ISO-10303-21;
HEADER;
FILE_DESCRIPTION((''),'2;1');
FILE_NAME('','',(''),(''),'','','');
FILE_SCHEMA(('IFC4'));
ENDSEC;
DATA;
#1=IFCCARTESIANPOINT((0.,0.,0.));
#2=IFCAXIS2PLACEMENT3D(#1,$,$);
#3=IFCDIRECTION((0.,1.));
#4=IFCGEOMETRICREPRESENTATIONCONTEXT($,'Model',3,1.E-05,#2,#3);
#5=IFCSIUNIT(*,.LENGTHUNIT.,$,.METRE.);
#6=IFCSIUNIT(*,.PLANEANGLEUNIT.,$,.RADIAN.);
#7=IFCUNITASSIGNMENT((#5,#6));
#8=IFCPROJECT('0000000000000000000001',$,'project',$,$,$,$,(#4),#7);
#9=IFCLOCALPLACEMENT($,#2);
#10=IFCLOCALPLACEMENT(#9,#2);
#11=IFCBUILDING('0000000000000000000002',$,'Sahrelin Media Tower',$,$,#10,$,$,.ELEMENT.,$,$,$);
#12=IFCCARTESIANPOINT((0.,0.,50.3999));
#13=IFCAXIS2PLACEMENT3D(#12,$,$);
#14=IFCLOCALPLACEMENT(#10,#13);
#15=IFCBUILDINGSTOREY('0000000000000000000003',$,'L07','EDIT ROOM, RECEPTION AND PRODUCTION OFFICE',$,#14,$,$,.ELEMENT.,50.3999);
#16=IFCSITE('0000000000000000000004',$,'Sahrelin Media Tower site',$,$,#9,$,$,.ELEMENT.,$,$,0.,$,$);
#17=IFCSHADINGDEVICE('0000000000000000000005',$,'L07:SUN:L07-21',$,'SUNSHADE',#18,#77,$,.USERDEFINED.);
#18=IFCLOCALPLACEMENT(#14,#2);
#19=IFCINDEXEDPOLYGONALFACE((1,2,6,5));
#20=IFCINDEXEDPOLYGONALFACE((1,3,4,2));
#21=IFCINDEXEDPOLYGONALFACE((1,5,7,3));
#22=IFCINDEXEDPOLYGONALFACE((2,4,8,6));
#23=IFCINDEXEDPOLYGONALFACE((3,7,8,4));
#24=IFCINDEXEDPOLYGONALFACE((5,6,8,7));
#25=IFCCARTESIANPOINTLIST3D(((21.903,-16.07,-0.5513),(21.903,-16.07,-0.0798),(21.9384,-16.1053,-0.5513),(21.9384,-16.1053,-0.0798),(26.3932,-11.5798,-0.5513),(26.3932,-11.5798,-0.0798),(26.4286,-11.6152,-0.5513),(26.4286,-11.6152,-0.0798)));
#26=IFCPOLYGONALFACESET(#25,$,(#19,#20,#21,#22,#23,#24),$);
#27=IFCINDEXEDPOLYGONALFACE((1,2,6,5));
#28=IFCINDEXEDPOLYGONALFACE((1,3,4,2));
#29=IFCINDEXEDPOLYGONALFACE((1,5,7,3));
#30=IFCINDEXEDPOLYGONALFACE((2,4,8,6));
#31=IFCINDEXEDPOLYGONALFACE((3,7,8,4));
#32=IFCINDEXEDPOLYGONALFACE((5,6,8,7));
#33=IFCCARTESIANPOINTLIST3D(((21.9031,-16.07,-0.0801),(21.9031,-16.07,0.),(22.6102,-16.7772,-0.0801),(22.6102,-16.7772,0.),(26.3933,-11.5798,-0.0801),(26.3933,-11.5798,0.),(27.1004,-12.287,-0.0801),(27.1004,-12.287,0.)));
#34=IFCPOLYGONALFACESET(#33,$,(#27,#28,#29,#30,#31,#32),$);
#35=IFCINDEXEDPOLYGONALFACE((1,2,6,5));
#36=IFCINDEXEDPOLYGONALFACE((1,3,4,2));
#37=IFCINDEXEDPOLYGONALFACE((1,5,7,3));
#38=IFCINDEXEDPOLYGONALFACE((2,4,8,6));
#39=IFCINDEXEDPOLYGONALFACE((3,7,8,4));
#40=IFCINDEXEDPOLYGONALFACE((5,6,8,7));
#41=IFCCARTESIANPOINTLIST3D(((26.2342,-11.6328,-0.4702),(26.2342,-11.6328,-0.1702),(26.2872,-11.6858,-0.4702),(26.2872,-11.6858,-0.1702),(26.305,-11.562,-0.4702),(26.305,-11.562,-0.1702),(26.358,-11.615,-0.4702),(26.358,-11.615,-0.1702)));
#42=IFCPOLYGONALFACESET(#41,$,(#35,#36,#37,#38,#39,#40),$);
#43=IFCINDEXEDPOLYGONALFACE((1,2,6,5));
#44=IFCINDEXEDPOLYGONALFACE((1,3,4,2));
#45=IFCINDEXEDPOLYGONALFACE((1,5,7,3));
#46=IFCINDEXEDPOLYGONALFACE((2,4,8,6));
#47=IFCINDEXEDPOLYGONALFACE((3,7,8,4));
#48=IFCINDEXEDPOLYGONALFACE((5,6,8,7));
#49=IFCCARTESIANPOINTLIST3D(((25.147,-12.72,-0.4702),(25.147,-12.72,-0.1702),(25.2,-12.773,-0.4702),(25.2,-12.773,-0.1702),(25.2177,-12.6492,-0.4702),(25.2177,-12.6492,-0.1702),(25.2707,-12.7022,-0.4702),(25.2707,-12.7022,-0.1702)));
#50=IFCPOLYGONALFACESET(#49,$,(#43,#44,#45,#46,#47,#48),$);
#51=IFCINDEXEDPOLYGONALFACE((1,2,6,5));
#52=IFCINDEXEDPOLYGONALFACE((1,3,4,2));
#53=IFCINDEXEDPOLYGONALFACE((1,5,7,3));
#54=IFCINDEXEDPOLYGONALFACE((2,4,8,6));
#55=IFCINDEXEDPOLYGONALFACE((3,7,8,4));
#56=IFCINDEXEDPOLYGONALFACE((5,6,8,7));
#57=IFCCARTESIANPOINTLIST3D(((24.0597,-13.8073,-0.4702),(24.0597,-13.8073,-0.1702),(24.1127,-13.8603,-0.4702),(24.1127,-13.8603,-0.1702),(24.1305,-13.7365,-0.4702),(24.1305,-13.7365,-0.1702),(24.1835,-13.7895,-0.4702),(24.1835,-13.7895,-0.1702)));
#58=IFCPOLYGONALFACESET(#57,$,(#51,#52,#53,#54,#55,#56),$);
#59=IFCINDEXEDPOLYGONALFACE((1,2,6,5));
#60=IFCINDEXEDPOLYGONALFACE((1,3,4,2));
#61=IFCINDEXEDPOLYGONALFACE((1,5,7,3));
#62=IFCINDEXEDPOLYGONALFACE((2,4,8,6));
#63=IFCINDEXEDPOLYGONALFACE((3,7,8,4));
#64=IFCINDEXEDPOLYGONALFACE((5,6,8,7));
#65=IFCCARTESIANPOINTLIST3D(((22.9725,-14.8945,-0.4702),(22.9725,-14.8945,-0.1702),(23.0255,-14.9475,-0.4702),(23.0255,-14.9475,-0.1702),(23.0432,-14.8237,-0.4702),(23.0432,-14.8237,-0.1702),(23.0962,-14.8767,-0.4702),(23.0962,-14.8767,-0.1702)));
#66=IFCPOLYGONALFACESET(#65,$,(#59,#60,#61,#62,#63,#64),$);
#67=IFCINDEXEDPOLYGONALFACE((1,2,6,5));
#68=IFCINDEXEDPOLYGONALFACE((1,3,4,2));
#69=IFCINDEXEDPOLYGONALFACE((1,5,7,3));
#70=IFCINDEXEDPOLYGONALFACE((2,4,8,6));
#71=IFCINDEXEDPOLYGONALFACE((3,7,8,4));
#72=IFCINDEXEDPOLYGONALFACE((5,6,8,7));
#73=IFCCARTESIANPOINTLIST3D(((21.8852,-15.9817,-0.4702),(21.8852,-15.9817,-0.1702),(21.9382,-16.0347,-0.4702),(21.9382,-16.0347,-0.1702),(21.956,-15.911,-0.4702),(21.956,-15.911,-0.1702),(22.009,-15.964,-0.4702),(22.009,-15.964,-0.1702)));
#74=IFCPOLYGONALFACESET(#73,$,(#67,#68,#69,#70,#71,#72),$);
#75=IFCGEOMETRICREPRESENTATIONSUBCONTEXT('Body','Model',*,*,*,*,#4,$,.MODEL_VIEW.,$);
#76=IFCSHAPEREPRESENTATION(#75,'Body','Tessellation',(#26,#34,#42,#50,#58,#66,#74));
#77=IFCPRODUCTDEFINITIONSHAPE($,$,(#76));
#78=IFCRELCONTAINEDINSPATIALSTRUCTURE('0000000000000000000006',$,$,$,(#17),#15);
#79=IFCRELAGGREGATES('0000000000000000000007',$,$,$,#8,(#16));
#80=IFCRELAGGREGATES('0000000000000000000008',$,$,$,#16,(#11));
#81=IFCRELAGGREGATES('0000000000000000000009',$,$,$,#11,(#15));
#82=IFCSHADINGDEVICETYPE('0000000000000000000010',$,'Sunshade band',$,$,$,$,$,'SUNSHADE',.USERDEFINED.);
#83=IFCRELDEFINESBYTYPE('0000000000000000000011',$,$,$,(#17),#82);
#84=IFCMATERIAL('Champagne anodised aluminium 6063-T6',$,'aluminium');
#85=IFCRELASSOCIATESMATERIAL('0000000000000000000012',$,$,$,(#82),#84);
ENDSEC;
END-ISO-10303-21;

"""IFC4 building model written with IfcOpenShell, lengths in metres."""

from ifc_helpers import new_model, si_unit, direction, frame, origin, origin_2d, place, context, subcontext, project, spatial, rectangle, extrude, material, type_object, element, save


model = new_model("IFC4")

# Units and contexts
model_context = context("Model", 3, precision=1e-05, world=origin(), true_north=direction((0.0, 1.0)))
body_context = subcontext(model_context, "Body", "Model", "MODEL_VIEW")
ifc_project = project(units=[si_unit("LENGTHUNIT", "METRE"), si_unit("PLANEANGLEUNIT", "RADIAN")], contexts=[model_context])

# Site, building, storey
site_placement = place(None, origin())
site = spatial("IfcSite", under=ifc_project, at=site_placement, Name="Sahrelin Media Tower site", CompositionType="ELEMENT", RefElevation=0.0)
building_placement = place(site_placement, origin())
building = spatial("IfcBuilding", under=site, at=building_placement, Name="Sahrelin Media Tower", CompositionType="ELEMENT")
storey_placement = place(building_placement, frame((0.0, 0.0, 50.3999)))
storey = spatial("IfcBuildingStorey", under=building, at=storey_placement, Name="L07", Description="EDIT ROOM, RECEPTION AND PRODUCTION OFFICE", CompositionType="ELEMENT", Elevation=50.3999)

# Shared definitions
ifc_material_1 = material(Name="Champagne anodised aluminium 6063-T6", Category="aluminium")

# Shading device
placement_1 = place(storey_placement, frame((24.134, -13.8108, 0.0), z_axis=(0.0, 0.0, 1.0), x_axis=(-0.707107, -0.707107, 0.0)))
shading_device_type_1 = type_object("IfcShadingDeviceType", Name="Sunshade band", ElementType="SUNSHADE", PredefinedType="USERDEFINED", material=ifc_material_1)
element("IfcShadingDevice", 1, at=placement_1, inside=storey, type_object=shading_device_type_1, Name="L07:SUN:L07-21", ObjectType="SUNSHADE", PredefinedType="USERDEFINED", context=body_context, shape_type="SweptSolid", body=[
    extrude(rectangle(XDim=6.3501, YDim=0.05, at=origin_2d()), frame((0.0, 0.0449, -0.5513)), (0.0, 0.0, 1.0), 0.4714),
    extrude(rectangle(XDim=6.3501, YDim=1.0, at=origin_2d()), frame((0.0, 0.52, -0.0801)), (0.0, 0.0, 1.0), 0.0801),
    extrude(rectangle(XDim=0.1001, YDim=0.075, at=origin_2d()), frame((-3.0752, -0.0176, -0.4702)), (0.0, 0.0, 1.0), 0.3),
    extrude(rectangle(XDim=0.1001, YDim=0.075, at=origin_2d()), frame((-1.5376, -0.0176, -0.4702)), (0.0, 0.0, 1.0), 0.3),
    extrude(rectangle(XDim=0.1001, YDim=0.075, at=origin_2d()), frame((0.0, -0.0176, -0.4702)), (0.0, 0.0, 1.0), 0.3),
    extrude(rectangle(XDim=0.1001, YDim=0.075, at=origin_2d()), frame((1.5376, -0.0176, -0.4702)), (0.0, 0.0, 1.0), 0.3),
    extrude(rectangle(XDim=0.1001, YDim=0.075, at=origin_2d()), frame((3.0752, -0.0176, -0.4702)), (0.0, 0.0, 1.0), 0.3),
])

save(model, "model.ifc")
